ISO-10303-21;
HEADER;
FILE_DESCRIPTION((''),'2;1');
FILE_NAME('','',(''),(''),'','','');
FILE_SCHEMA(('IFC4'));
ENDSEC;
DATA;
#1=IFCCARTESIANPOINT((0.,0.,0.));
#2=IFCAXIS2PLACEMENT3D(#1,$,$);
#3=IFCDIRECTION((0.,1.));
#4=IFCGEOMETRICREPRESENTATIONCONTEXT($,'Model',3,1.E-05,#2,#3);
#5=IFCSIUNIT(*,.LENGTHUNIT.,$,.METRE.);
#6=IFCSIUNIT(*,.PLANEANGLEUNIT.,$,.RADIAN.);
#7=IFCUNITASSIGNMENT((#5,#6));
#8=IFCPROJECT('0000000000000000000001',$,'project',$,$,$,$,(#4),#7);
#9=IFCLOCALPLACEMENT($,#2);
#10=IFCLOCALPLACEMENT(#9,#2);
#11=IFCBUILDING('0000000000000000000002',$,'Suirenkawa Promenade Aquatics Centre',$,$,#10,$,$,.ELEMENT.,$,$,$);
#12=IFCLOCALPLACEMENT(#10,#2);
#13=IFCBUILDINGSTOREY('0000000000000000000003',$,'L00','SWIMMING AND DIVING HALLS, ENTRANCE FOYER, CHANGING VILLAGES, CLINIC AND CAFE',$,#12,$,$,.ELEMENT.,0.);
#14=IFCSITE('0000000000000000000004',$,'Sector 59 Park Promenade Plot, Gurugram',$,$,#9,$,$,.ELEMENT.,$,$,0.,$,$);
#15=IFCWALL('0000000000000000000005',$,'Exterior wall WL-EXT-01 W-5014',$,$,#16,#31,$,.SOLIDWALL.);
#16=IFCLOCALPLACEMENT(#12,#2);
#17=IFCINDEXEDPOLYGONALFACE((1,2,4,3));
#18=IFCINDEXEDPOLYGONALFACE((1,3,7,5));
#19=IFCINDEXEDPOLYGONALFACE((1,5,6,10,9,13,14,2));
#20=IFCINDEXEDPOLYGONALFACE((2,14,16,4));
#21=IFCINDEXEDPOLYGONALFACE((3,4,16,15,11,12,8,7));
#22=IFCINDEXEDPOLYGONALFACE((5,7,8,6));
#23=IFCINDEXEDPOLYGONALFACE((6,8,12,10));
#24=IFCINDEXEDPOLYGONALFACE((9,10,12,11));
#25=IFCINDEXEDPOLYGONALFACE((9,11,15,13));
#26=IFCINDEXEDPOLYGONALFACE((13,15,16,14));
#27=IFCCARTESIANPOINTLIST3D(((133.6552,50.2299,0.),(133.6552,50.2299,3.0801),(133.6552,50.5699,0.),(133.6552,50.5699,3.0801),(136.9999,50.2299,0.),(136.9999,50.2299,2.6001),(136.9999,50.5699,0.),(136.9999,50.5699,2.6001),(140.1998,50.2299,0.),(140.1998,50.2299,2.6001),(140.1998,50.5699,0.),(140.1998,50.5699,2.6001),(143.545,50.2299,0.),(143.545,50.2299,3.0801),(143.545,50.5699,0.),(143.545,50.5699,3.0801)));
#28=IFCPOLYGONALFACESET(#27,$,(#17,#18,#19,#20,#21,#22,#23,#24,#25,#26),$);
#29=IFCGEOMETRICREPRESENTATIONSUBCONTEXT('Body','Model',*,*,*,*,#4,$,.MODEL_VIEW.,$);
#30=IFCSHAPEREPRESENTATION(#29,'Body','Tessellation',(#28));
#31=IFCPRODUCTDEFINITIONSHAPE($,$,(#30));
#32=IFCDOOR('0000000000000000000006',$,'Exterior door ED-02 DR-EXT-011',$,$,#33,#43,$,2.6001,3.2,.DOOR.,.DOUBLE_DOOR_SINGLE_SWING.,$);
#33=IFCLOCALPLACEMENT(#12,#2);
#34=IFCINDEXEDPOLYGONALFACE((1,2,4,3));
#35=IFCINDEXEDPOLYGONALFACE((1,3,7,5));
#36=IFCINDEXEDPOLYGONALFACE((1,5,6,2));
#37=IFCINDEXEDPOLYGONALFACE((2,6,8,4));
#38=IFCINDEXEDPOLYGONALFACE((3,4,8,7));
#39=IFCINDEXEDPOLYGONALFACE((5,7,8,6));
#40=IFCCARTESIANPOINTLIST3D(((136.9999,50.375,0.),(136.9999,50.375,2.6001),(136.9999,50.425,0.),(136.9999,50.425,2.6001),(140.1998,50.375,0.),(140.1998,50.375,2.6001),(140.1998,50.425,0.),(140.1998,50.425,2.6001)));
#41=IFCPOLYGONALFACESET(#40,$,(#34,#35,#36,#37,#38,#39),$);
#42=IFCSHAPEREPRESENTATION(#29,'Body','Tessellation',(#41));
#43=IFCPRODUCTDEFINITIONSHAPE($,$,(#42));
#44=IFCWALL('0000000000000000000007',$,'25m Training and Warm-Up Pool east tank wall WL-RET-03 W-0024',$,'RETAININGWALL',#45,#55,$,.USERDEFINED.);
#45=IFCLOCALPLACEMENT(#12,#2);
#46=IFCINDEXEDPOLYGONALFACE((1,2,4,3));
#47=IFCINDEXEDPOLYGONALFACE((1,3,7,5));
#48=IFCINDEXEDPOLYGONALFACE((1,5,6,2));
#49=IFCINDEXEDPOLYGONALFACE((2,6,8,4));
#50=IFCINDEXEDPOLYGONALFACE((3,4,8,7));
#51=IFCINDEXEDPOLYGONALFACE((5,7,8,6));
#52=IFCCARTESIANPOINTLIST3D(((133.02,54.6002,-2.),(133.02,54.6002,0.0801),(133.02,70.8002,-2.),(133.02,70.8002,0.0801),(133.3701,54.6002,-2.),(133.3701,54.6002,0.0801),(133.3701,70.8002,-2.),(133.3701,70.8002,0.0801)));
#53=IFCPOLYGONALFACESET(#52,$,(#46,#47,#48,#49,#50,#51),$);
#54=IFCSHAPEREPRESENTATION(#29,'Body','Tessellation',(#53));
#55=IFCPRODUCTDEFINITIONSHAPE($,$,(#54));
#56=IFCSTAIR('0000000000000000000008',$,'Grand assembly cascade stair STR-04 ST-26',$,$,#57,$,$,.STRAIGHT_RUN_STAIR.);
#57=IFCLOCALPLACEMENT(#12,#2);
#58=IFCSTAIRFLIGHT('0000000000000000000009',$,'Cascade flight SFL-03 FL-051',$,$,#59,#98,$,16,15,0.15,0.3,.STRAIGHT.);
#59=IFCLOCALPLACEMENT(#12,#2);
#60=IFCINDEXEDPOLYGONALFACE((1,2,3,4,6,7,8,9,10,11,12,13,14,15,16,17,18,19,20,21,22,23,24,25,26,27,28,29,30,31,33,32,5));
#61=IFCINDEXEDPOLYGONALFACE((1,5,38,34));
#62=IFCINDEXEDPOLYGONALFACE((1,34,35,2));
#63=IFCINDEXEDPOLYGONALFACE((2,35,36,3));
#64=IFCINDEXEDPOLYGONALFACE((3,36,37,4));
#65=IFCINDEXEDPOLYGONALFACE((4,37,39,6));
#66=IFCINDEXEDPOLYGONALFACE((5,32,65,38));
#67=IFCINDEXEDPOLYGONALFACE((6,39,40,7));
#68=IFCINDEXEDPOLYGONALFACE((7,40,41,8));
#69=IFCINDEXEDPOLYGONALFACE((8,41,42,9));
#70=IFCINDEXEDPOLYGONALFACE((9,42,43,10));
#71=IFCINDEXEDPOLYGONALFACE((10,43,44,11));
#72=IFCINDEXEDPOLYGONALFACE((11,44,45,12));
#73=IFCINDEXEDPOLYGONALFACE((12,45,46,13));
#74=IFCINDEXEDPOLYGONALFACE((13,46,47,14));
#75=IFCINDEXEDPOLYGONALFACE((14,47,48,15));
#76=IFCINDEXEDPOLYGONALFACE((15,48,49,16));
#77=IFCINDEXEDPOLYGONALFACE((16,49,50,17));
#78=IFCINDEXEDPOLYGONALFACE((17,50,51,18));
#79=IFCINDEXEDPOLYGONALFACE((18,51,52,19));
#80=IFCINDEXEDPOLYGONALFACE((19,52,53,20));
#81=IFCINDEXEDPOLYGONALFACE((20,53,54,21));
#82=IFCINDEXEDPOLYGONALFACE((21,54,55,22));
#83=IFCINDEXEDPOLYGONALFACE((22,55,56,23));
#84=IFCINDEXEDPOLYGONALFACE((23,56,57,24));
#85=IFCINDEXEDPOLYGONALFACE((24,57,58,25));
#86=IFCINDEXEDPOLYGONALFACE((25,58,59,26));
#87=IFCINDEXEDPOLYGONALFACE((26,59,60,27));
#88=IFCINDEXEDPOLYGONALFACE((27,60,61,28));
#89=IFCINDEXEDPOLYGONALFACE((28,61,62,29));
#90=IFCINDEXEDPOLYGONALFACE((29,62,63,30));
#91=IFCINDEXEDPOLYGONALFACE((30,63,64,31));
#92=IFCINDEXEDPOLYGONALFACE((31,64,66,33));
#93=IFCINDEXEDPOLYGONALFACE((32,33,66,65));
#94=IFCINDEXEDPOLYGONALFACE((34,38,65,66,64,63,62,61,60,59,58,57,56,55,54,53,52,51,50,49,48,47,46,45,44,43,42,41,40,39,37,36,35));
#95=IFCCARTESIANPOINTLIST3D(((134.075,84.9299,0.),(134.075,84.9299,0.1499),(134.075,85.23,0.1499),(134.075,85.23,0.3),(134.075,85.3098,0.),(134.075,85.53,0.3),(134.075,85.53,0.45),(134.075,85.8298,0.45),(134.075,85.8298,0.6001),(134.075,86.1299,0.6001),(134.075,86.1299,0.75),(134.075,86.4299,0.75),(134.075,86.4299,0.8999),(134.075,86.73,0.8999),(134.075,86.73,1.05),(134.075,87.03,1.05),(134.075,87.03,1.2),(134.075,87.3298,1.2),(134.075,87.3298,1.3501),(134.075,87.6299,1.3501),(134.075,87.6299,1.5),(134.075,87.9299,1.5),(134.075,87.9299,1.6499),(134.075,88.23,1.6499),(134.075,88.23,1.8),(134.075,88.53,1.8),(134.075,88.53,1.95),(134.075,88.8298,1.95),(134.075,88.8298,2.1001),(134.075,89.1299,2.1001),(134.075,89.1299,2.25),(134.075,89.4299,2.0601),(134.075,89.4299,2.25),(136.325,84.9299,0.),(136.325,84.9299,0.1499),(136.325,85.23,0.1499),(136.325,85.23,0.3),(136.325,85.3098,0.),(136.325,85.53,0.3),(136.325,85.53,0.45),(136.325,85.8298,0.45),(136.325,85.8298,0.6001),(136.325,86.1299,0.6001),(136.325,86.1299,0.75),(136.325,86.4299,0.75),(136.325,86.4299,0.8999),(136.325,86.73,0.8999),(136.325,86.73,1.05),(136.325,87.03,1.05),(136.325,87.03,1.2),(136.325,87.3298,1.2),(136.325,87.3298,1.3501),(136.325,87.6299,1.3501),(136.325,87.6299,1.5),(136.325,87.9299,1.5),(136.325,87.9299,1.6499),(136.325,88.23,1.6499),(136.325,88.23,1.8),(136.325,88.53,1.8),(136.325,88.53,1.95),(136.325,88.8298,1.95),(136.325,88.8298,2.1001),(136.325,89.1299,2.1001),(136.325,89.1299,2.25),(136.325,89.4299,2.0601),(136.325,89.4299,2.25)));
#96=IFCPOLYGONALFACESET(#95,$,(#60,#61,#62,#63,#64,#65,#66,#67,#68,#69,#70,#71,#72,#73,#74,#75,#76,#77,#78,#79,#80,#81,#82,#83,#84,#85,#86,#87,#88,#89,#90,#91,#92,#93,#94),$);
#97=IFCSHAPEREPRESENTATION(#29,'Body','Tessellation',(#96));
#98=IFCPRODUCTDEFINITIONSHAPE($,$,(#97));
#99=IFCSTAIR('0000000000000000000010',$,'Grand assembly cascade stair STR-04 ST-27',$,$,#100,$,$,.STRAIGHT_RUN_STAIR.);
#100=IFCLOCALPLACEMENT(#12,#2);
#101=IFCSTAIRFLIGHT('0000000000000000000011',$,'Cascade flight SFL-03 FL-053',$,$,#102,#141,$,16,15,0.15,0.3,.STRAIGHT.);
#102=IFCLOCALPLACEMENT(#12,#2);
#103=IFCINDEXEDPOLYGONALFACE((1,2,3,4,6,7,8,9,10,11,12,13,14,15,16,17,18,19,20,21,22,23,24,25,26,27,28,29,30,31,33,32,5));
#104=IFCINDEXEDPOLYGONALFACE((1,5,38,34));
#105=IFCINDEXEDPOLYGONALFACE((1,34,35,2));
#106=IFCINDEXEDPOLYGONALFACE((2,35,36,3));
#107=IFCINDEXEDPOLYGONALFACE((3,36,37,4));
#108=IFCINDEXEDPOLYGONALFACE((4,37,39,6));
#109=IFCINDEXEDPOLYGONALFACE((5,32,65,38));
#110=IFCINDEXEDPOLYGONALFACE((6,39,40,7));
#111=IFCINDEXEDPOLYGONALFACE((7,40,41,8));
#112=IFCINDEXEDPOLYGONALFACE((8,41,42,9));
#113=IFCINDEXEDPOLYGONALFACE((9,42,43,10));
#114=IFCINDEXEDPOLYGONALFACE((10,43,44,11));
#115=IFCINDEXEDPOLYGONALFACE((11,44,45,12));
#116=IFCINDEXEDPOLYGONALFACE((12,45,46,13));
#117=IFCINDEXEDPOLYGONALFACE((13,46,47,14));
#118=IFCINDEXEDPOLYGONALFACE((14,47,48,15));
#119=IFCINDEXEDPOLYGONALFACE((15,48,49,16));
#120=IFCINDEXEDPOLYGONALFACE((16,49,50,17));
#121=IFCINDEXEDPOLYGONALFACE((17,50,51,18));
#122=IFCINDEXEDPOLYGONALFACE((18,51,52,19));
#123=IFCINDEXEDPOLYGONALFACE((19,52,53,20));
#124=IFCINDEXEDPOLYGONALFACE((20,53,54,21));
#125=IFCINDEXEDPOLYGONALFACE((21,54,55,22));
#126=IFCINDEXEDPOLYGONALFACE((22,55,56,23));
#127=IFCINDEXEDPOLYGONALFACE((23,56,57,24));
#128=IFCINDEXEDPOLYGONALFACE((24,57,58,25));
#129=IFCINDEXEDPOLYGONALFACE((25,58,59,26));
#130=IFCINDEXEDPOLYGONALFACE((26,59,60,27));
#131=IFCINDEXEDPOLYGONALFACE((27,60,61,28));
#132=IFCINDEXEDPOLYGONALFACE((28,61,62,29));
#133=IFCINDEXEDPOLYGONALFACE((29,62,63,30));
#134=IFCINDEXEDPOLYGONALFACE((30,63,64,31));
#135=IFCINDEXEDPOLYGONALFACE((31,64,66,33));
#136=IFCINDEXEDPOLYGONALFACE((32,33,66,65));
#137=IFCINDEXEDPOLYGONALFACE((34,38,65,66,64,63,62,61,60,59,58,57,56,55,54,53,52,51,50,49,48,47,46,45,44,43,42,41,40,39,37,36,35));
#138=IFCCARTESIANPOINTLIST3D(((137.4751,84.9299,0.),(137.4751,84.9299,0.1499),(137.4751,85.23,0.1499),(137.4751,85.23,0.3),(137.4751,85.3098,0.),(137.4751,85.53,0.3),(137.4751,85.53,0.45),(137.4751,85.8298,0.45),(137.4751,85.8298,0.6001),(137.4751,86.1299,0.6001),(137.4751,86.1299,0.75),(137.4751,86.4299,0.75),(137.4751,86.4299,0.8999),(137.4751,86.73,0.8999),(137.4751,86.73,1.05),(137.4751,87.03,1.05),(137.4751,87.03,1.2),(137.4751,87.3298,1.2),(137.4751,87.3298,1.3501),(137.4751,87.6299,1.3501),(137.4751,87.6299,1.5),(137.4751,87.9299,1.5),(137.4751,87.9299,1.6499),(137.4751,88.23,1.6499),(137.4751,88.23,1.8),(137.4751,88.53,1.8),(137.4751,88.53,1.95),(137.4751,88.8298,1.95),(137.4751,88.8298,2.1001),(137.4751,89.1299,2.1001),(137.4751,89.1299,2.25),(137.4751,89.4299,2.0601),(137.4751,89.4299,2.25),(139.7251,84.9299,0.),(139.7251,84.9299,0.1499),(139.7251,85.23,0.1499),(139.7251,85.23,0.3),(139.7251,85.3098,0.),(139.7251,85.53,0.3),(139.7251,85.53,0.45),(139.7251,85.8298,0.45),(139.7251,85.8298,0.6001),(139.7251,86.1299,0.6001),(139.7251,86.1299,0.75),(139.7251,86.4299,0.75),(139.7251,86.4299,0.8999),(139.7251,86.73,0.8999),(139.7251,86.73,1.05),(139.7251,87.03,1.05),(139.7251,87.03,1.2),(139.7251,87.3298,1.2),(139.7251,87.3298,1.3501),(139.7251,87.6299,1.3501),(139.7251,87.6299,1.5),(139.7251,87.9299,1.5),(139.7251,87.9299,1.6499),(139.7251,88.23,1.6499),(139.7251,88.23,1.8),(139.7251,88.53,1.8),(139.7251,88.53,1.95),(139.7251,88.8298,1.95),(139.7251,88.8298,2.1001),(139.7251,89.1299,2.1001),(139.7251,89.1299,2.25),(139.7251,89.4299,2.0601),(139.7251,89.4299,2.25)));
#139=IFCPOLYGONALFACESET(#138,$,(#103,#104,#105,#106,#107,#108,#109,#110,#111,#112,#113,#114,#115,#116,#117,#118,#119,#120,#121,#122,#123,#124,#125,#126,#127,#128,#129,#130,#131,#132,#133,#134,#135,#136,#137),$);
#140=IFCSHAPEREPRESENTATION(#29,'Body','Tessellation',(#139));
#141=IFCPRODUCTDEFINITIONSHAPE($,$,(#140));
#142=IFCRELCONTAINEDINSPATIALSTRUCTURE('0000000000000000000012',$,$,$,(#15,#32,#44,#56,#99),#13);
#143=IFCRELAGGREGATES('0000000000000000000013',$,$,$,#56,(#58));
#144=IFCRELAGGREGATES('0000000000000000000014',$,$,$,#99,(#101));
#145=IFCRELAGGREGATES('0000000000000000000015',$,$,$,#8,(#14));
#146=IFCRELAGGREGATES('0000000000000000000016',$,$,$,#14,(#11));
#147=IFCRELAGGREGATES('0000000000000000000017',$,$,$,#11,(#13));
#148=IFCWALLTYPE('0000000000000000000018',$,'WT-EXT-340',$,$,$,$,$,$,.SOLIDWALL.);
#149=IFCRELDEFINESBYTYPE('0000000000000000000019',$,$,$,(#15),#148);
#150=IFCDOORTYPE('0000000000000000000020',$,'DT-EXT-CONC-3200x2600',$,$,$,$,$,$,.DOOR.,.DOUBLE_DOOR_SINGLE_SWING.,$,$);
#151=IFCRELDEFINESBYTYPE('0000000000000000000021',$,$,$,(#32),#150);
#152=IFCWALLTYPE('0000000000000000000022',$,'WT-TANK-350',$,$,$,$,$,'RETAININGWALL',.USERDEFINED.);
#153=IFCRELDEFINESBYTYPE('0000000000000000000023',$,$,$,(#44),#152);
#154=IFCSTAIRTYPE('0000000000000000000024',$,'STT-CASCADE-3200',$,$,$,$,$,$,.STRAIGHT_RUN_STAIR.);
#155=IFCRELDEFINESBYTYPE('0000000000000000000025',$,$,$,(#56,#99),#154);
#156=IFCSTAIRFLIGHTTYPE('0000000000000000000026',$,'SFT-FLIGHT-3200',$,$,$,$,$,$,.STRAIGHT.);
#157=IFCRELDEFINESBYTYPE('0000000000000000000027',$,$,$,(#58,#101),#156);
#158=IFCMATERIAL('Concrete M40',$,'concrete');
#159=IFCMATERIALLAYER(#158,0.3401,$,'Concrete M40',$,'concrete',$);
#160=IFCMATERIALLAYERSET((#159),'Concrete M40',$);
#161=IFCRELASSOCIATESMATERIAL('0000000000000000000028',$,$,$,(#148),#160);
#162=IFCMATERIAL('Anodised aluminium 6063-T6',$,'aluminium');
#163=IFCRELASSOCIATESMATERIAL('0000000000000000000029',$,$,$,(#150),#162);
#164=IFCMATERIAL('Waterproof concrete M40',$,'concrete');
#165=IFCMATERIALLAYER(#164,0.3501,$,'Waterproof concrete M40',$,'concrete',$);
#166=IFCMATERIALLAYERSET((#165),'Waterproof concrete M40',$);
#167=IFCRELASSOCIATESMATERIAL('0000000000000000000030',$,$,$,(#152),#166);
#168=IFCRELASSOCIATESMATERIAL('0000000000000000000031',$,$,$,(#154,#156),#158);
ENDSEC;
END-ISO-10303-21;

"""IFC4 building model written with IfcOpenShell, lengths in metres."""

from ifc_helpers import new_model, si_unit, direction, frame, frame_2d, origin, place, context, subcontext, project, spatial, polyline, rectangle, outline, extrude, material, layer, layer_set, type_object, element, fill, aggregate, save


model = new_model("IFC4")

# Units and contexts
model_context = context("Model", 3, precision=1e-05, world=origin(), true_north=direction((0.0, 1.0)))
body_context = subcontext(model_context, "Body", "Model", "MODEL_VIEW")
ifc_project = project(units=[si_unit("LENGTHUNIT", "METRE"), si_unit("PLANEANGLEUNIT", "RADIAN")], contexts=[model_context])

# Site, building, storey
site_placement = place(None, origin())
site = spatial("IfcSite", under=ifc_project, at=site_placement, Name="Sector 59 Park Promenade Plot, Gurugram", CompositionType="ELEMENT", RefElevation=0.0)
building_placement = place(site_placement, origin())
building = spatial("IfcBuilding", under=site, at=building_placement, Name="Suirenkawa Promenade Aquatics Centre", CompositionType="ELEMENT")
storey_placement = place(building_placement, origin())
storey = spatial("IfcBuildingStorey", under=building, at=storey_placement, Name="L00", Description="SWIMMING AND DIVING HALLS, ENTRANCE FOYER, CHANGING VILLAGES, CLINIC AND CAFE", CompositionType="ELEMENT", Elevation=0.0)

# Shared definitions
ifc_material_1 = material(Name="Concrete M40", Category="concrete")

# Shared definitions
ifc_material_2 = material(Name="Anodised aluminium 6063-T6", Category="aluminium")

# Wall, opening, door
ifc_layer_1 = layer(ifc_material_1, 0.3401, Name="Concrete M40", Category="concrete")
ifc_layer_set_1 = layer_set([ifc_layer_1], Name="Concrete M40")
wall_type_1 = type_object("IfcWallType", Name="WT-EXT-340", PredefinedType="SOLIDWALL", material=ifc_layer_set_1)
wall_1_placement = place(storey_placement, frame((143.5449, 50.3999, 0.0), z_axis=(0.0, 0.0, 1.0), x_axis=(-1.0, 0.0, 0.0)))
wall_1 = element("IfcWall", 1, at=wall_1_placement, inside=storey, type_object=wall_type_1, Name="Exterior wall WL-EXT-01 W-5014", PredefinedType="SOLIDWALL", context=body_context, shape_type="SweptSolid", body=[
    extrude(rectangle(XDim=9.8899, YDim=0.3401, at=frame_2d((4.9448, 0.0))), origin(), (0.0, 0.0, 1.0), 3.0801),
])
opening_placement = place(wall_1_placement, frame((3.345, 0.0, 0.0)))
opening = element("IfcOpeningElement", 2, at=opening_placement, cuts=wall_1, PredefinedType="OPENING", context=body_context, shape_type="SweptSolid", body=[
    extrude(rectangle(XDim=3.2, YDim=2.6001, at=frame_2d((1.6001, 1.3))), frame((0.0, 0.1799, 0.0), z_axis=(0.0, -1.0, 0.0), x_axis=(1.0, 0.0, 0.0)), (0.0, 0.0, 1.0), 0.3601),
])
door_type = type_object("IfcDoorType", Name="DT-EXT-CONC-3200x2600", OperationType="DOUBLE_DOOR_SINGLE_SWING", PredefinedType="DOOR", material=ifc_material_2)
door_placement = place(opening_placement, origin())
door = element("IfcDoor", 3, at=door_placement, inside=storey, type_object=door_type, Name="Exterior door ED-02 DR-EXT-011", OperationType="DOUBLE_DOOR_SINGLE_SWING", OverallHeight=2.6001, OverallWidth=3.2, PredefinedType="DOOR", context=body_context, shape_type="SweptSolid", body=[
    extrude(rectangle(XDim=3.2, YDim=2.6001, at=frame_2d((1.6001, 1.3))), frame((0.0, 0.0249, 0.0), z_axis=(0.0, -1.0, 0.0), x_axis=(1.0, 0.0, 0.0)), (0.0, 0.0, 1.0), 0.05),
])
fill(opening, door)

# Wall
ifc_material_3 = material(Name="Waterproof concrete M40", Category="concrete")
ifc_layer_2 = layer(ifc_material_3, 0.3501, Name="Waterproof concrete M40", Category="concrete")
ifc_layer_set_2 = layer_set([ifc_layer_2], Name="Waterproof concrete M40")
wall_type_2 = type_object("IfcWallType", Name="WT-TANK-350", ElementType="RETAININGWALL", PredefinedType="USERDEFINED", material=ifc_layer_set_2)
wall_2_placement = place(storey_placement, frame((133.1951, 54.6001, -2.0), z_axis=(0.0, 0.0, 1.0), x_axis=(0.0, 1.0, 0.0)))
element("IfcWall", 4, at=wall_2_placement, inside=storey, type_object=wall_type_2, Name="25m Training and Warm-Up Pool east tank wall WL-RET-03 W-0024", ObjectType="RETAININGWALL", PredefinedType="USERDEFINED", context=body_context, shape_type="SweptSolid", body=[
    extrude(rectangle(XDim=16.2, YDim=0.3501, at=frame_2d((8.1001, 0.0))), origin(), (0.0, 0.0, 1.0), 2.0801),
])

# Stairs, stair flights
stair_type = type_object("IfcStairType", Name="STT-CASCADE-3200", PredefinedType="STRAIGHT_RUN_STAIR", material=ifc_material_1)
stair_1_placement = place(storey_placement, origin())
stair_1 = element("IfcStair", 5, at=stair_1_placement, inside=storey, type_object=stair_type, Name="Grand assembly cascade stair STR-04 ST-26", PredefinedType="STRAIGHT_RUN_STAIR")
stair_flight_type = type_object("IfcStairFlightType", Name="SFT-FLIGHT-3200", PredefinedType="STRAIGHT", material=ifc_material_1)
stair_flight_1_placement = place(storey_placement, frame((135.2, 84.9299, 0.0), z_axis=(0.0, 0.0, 1.0), x_axis=(0.0, 1.0, 0.0)))
stair_flight_1 = element("IfcStairFlight", 6, at=stair_flight_1_placement, type_object=stair_flight_type, Name="Cascade flight SFL-03 FL-051", NumberOfRisers=16, NumberOfTreads=15, PredefinedType="STRAIGHT", RiserHeight=0.15, TreadLength=0.3, context=body_context, shape_type="SweptSolid", body=[
    extrude(outline(polyline([(0.0, 0.0), (0.0, 0.1499), (0.3, 0.1499), (0.3, 0.3), (0.6001, 0.3), (0.6001, 0.45), (0.8999, 0.45), (0.8999, 0.6001), (1.2, 0.6001), (1.2, 0.75), (1.5, 0.75), (1.5, 0.8999), (1.8, 0.8999), (1.8, 1.05), (2.1001, 1.05), (2.1001, 1.2), (2.3999, 1.2), (2.3999, 1.3501), (2.7, 1.3501), (2.7, 1.5), (3.0, 1.5), (3.0, 1.6499), (3.3, 1.6499), (3.3, 1.8), (3.6001, 1.8), (3.6001, 1.95), (3.8999, 1.95), (3.8999, 2.1001), (4.2, 2.1001), (4.2, 2.25), (4.5, 2.25), (4.5, 2.3999), (4.5, 2.0601), (0.3799, 0.0), (0.0, 0.0)])), frame((0.0, 1.125, 0.0), z_axis=(0.0, -1.0, 0.0), x_axis=(1.0, 0.0, 0.0)), (0.0, 0.0, 1.0), 2.25),
])
aggregate(stair_1, [stair_flight_1])
stair_2_placement = place(storey_placement, origin())
stair_2 = element("IfcStair", 7, at=stair_2_placement, inside=storey, type_object=stair_type, Name="Grand assembly cascade stair STR-04 ST-27", PredefinedType="STRAIGHT_RUN_STAIR")
stair_flight_2_placement = place(storey_placement, frame((138.6001, 84.9299, 0.0), z_axis=(0.0, 0.0, 1.0), x_axis=(0.0, 1.0, 0.0)))
stair_flight_2 = element("IfcStairFlight", 8, at=stair_flight_2_placement, type_object=stair_flight_type, Name="Cascade flight SFL-03 FL-053", NumberOfRisers=16, NumberOfTreads=15, PredefinedType="STRAIGHT", RiserHeight=0.15, TreadLength=0.3, context=body_context, shape_type="SweptSolid", body=[
    extrude(outline(polyline([(0.0, 0.0), (0.0, 0.1499), (0.3, 0.1499), (0.3, 0.3), (0.6001, 0.3), (0.6001, 0.45), (0.8999, 0.45), (0.8999, 0.6001), (1.2, 0.6001), (1.2, 0.75), (1.5, 0.75), (1.5, 0.8999), (1.8, 0.8999), (1.8, 1.05), (2.1001, 1.05), (2.1001, 1.2), (2.3999, 1.2), (2.3999, 1.3501), (2.7, 1.3501), (2.7, 1.5), (3.0, 1.5), (3.0, 1.6499), (3.3, 1.6499), (3.3, 1.8), (3.6001, 1.8), (3.6001, 1.95), (3.8999, 1.95), (3.8999, 2.1001), (4.2, 2.1001), (4.2, 2.25), (4.5, 2.25), (4.5, 2.3999), (4.5, 2.0601), (0.3799, 0.0), (0.0, 0.0)])), frame((0.0, 1.125, 0.0), z_axis=(0.0, -1.0, 0.0), x_axis=(1.0, 0.0, 0.0)), (0.0, 0.0, 1.0), 2.25),
])
aggregate(stair_2, [stair_flight_2])

save(model, "model.ifc")
